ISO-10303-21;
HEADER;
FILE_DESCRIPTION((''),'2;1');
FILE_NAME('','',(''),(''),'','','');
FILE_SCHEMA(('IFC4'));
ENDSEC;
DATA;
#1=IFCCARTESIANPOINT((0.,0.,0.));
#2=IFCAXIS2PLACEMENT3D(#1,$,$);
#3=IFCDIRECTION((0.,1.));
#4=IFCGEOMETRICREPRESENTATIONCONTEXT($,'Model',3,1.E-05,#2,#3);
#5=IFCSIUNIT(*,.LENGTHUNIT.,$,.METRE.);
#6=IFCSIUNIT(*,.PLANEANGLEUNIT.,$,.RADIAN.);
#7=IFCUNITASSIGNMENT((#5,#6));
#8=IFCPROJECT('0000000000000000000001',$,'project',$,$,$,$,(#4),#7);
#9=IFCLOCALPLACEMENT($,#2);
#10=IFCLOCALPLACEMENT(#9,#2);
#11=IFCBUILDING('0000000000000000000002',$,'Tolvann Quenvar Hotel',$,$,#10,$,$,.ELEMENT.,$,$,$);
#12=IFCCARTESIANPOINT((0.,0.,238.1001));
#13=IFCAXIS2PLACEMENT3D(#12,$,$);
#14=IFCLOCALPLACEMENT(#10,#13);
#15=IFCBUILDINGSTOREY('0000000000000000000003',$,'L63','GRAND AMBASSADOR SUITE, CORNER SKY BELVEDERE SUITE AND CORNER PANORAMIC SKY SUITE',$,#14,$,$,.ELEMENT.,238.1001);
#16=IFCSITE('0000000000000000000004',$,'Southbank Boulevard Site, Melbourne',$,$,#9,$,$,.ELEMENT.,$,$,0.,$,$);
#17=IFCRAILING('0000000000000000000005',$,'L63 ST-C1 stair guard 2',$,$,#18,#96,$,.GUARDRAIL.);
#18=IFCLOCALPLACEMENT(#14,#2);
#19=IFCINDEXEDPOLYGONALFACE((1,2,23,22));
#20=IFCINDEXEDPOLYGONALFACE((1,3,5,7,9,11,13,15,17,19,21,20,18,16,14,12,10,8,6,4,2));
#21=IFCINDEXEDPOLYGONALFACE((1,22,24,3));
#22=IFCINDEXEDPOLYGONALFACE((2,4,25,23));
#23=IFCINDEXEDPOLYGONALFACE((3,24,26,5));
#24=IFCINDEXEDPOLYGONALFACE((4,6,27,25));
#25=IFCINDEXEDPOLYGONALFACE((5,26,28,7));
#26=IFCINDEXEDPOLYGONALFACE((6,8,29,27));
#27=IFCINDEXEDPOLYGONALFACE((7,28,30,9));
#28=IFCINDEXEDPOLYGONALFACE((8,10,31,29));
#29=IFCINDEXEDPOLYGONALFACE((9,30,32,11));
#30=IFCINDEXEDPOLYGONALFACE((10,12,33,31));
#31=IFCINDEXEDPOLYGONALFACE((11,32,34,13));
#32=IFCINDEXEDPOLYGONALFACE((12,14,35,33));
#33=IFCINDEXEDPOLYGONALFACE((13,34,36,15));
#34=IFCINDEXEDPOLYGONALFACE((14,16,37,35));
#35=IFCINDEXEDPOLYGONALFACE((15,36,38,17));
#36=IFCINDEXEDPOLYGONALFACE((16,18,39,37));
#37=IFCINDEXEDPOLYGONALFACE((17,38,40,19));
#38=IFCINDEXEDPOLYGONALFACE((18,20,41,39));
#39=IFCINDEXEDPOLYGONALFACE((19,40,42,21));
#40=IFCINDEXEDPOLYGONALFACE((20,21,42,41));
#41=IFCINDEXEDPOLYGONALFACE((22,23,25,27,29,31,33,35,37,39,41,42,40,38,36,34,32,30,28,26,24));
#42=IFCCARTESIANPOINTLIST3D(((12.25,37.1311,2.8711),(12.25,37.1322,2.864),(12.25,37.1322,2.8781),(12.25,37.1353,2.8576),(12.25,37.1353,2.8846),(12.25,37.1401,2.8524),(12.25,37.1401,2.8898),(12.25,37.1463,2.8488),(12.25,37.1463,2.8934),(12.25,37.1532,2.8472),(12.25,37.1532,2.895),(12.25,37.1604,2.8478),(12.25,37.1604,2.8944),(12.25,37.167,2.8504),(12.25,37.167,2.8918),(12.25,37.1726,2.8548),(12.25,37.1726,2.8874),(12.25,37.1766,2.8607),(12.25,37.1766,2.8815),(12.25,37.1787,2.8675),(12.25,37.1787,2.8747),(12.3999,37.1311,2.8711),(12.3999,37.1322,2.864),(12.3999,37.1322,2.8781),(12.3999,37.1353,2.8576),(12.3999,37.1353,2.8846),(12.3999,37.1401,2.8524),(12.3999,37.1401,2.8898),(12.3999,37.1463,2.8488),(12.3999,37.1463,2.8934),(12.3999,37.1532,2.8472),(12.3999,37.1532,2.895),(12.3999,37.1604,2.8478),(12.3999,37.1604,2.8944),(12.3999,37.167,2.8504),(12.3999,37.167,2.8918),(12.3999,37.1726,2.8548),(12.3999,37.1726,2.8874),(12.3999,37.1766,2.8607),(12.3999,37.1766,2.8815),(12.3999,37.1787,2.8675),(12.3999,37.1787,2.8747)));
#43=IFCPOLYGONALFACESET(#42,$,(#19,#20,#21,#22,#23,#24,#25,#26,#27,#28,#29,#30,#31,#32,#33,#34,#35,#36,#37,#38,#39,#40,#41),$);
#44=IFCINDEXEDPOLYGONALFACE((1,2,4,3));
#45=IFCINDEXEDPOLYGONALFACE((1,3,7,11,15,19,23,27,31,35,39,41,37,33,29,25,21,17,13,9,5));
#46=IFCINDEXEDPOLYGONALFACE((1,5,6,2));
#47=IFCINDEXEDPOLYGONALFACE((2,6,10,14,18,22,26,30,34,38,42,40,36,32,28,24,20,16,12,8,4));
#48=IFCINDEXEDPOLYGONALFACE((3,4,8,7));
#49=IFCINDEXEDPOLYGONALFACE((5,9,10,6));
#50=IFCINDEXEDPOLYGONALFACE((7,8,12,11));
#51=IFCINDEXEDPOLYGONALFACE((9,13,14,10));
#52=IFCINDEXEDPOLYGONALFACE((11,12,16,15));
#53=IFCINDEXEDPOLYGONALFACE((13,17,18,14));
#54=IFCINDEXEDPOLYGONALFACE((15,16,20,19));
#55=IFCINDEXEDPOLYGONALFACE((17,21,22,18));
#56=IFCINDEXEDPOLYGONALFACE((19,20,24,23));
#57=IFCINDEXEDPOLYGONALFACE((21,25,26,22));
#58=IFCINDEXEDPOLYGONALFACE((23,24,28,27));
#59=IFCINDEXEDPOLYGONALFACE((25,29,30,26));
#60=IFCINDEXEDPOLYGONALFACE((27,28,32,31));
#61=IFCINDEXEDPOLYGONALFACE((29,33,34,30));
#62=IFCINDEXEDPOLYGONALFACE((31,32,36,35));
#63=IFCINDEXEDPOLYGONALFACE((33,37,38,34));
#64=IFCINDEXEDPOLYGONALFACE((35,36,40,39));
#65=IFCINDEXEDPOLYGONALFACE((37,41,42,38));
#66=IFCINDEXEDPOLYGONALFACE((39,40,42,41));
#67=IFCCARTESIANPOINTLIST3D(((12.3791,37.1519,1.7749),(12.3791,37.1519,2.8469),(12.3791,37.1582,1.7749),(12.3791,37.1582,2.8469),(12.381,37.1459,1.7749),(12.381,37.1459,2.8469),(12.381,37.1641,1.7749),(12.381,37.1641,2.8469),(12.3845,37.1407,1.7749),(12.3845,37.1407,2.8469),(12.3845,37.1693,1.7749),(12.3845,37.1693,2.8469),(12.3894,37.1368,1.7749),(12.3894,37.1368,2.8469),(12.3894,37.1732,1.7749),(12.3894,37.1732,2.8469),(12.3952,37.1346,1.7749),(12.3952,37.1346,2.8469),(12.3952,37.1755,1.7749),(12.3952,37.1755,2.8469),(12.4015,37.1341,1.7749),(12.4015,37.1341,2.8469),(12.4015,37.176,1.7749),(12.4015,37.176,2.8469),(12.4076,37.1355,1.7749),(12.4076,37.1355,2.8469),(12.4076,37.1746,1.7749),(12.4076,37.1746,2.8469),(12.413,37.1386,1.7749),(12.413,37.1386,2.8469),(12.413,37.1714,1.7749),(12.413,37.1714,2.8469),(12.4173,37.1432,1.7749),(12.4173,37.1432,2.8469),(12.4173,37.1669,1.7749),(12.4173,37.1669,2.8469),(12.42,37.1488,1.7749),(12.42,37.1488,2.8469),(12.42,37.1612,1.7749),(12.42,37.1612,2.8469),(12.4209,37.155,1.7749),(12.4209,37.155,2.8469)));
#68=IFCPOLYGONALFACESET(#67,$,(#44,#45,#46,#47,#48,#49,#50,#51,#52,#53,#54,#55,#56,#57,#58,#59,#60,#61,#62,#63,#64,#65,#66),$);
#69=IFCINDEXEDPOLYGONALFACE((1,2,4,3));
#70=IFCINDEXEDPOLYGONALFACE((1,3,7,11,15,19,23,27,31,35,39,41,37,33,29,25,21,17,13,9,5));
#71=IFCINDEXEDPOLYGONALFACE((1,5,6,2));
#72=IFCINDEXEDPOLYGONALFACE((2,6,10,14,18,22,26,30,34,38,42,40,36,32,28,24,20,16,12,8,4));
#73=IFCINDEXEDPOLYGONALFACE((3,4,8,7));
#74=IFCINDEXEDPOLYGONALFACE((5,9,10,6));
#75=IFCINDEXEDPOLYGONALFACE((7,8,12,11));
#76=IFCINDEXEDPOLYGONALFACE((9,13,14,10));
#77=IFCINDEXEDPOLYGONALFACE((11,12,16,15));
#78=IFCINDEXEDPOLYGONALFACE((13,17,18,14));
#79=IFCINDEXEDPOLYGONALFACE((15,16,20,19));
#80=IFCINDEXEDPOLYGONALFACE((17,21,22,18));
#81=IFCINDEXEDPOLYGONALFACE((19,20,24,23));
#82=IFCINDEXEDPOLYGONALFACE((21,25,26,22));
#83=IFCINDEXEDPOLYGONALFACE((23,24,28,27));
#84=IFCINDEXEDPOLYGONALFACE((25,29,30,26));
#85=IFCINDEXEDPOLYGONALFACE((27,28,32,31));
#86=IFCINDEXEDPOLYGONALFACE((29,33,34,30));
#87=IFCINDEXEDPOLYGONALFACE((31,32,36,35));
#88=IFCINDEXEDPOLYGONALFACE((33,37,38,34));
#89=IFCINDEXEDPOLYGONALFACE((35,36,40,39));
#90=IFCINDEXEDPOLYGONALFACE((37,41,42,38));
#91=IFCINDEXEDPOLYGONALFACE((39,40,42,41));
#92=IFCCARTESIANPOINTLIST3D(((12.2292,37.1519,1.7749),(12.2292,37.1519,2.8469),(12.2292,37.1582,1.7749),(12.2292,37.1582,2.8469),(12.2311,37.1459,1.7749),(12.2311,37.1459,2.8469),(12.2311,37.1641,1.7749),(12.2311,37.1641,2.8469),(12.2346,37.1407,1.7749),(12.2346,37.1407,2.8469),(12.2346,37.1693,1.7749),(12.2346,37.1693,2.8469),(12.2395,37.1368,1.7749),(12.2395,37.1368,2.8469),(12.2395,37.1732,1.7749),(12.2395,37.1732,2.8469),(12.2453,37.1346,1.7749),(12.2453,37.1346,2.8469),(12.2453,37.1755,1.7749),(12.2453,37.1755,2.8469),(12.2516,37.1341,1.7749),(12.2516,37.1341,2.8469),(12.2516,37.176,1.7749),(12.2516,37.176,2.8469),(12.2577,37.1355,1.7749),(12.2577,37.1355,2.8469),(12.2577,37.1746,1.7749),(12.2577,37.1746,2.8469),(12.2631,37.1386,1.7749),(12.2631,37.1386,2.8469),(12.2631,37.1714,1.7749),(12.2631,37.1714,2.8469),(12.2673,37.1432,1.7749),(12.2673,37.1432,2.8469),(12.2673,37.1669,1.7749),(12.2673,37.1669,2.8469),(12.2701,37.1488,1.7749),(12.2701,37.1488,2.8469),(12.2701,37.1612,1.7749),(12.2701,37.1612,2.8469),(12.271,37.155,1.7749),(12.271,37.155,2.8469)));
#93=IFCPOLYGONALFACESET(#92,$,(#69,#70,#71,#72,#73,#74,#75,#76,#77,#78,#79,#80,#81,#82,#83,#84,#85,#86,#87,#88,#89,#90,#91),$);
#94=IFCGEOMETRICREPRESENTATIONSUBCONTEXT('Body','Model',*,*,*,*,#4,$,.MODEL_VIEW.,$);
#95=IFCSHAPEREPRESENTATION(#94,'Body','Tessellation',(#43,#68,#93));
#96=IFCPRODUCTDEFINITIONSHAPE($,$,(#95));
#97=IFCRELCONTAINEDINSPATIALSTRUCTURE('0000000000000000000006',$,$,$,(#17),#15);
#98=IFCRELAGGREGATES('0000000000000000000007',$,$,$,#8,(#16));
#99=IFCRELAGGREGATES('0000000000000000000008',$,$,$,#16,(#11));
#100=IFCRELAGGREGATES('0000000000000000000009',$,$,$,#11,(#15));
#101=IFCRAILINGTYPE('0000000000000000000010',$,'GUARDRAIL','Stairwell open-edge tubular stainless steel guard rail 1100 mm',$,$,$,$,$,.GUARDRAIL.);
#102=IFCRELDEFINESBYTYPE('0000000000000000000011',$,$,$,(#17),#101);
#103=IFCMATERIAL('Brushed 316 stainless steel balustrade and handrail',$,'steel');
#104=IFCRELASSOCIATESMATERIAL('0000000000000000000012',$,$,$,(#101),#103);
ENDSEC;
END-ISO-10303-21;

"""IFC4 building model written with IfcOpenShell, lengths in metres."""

from ifc_helpers import new_model, si_unit, direction, frame, origin, origin_2d, place, context, subcontext, project, spatial, circle, extrude, material, type_object, element, save


model = new_model("IFC4")

# Units and contexts
model_context = context("Model", 3, precision=1e-05, world=origin(), true_north=direction((0.0, 1.0)))
body_context = subcontext(model_context, "Body", "Model", "MODEL_VIEW")
ifc_project = project(units=[si_unit("LENGTHUNIT", "METRE"), si_unit("PLANEANGLEUNIT", "RADIAN")], contexts=[model_context])

# Site, building, storey
site_placement = place(None, origin())
site = spatial("IfcSite", under=ifc_project, at=site_placement, Name="Southbank Boulevard Site, Melbourne", CompositionType="ELEMENT", RefElevation=0.0)
building_placement = place(site_placement, origin())
building = spatial("IfcBuilding", under=site, at=building_placement, Name="Tolvann Quenvar Hotel", CompositionType="ELEMENT")
storey_placement = place(building_placement, frame((0.0, 0.0, 238.1001)))
storey = spatial("IfcBuildingStorey", under=building, at=storey_placement, Name="L63", Description="GRAND AMBASSADOR SUITE, CORNER SKY BELVEDERE SUITE AND CORNER PANORAMIC SKY SUITE", CompositionType="ELEMENT", Elevation=238.1001)

# Railing
ifc_material_1 = material(Name="Brushed 316 stainless steel balustrade and handrail", Category="steel")
railing_type_1 = type_object("IfcRailingType", Name="GUARDRAIL", Description="Stairwell open-edge tubular stainless steel guard rail 1100 mm", PredefinedType="GUARDRAIL", material=ifc_material_1)
railing_1_placement = place(storey_placement, frame((12.3999, 37.155, 1.7749)))
element("IfcRailing", 1, at=railing_1_placement, inside=storey, type_object=railing_type_1, Name="L63 ST-C1 stair guard 2", PredefinedType="GUARDRAIL", context=body_context, shape_type="SweptSolid", body=[
    extrude(circle(Radius=0.0239, at=origin_2d()), frame((0.0, 0.0, 1.0962), z_axis=(-1.0, 0.0, 0.0), x_axis=(0.0, -1.0, 0.0)), (0.0, 0.0, 1.0), 0.1499),
    extrude(circle(Radius=0.021, at=origin_2d()), origin(), (0.0, 0.0, 1.0), 1.072),
    extrude(circle(Radius=0.021, at=origin_2d()), frame((-0.1499, 0.0, 0.0)), (0.0, 0.0, 1.0), 1.072),
])

save(model, "model.ifc")
